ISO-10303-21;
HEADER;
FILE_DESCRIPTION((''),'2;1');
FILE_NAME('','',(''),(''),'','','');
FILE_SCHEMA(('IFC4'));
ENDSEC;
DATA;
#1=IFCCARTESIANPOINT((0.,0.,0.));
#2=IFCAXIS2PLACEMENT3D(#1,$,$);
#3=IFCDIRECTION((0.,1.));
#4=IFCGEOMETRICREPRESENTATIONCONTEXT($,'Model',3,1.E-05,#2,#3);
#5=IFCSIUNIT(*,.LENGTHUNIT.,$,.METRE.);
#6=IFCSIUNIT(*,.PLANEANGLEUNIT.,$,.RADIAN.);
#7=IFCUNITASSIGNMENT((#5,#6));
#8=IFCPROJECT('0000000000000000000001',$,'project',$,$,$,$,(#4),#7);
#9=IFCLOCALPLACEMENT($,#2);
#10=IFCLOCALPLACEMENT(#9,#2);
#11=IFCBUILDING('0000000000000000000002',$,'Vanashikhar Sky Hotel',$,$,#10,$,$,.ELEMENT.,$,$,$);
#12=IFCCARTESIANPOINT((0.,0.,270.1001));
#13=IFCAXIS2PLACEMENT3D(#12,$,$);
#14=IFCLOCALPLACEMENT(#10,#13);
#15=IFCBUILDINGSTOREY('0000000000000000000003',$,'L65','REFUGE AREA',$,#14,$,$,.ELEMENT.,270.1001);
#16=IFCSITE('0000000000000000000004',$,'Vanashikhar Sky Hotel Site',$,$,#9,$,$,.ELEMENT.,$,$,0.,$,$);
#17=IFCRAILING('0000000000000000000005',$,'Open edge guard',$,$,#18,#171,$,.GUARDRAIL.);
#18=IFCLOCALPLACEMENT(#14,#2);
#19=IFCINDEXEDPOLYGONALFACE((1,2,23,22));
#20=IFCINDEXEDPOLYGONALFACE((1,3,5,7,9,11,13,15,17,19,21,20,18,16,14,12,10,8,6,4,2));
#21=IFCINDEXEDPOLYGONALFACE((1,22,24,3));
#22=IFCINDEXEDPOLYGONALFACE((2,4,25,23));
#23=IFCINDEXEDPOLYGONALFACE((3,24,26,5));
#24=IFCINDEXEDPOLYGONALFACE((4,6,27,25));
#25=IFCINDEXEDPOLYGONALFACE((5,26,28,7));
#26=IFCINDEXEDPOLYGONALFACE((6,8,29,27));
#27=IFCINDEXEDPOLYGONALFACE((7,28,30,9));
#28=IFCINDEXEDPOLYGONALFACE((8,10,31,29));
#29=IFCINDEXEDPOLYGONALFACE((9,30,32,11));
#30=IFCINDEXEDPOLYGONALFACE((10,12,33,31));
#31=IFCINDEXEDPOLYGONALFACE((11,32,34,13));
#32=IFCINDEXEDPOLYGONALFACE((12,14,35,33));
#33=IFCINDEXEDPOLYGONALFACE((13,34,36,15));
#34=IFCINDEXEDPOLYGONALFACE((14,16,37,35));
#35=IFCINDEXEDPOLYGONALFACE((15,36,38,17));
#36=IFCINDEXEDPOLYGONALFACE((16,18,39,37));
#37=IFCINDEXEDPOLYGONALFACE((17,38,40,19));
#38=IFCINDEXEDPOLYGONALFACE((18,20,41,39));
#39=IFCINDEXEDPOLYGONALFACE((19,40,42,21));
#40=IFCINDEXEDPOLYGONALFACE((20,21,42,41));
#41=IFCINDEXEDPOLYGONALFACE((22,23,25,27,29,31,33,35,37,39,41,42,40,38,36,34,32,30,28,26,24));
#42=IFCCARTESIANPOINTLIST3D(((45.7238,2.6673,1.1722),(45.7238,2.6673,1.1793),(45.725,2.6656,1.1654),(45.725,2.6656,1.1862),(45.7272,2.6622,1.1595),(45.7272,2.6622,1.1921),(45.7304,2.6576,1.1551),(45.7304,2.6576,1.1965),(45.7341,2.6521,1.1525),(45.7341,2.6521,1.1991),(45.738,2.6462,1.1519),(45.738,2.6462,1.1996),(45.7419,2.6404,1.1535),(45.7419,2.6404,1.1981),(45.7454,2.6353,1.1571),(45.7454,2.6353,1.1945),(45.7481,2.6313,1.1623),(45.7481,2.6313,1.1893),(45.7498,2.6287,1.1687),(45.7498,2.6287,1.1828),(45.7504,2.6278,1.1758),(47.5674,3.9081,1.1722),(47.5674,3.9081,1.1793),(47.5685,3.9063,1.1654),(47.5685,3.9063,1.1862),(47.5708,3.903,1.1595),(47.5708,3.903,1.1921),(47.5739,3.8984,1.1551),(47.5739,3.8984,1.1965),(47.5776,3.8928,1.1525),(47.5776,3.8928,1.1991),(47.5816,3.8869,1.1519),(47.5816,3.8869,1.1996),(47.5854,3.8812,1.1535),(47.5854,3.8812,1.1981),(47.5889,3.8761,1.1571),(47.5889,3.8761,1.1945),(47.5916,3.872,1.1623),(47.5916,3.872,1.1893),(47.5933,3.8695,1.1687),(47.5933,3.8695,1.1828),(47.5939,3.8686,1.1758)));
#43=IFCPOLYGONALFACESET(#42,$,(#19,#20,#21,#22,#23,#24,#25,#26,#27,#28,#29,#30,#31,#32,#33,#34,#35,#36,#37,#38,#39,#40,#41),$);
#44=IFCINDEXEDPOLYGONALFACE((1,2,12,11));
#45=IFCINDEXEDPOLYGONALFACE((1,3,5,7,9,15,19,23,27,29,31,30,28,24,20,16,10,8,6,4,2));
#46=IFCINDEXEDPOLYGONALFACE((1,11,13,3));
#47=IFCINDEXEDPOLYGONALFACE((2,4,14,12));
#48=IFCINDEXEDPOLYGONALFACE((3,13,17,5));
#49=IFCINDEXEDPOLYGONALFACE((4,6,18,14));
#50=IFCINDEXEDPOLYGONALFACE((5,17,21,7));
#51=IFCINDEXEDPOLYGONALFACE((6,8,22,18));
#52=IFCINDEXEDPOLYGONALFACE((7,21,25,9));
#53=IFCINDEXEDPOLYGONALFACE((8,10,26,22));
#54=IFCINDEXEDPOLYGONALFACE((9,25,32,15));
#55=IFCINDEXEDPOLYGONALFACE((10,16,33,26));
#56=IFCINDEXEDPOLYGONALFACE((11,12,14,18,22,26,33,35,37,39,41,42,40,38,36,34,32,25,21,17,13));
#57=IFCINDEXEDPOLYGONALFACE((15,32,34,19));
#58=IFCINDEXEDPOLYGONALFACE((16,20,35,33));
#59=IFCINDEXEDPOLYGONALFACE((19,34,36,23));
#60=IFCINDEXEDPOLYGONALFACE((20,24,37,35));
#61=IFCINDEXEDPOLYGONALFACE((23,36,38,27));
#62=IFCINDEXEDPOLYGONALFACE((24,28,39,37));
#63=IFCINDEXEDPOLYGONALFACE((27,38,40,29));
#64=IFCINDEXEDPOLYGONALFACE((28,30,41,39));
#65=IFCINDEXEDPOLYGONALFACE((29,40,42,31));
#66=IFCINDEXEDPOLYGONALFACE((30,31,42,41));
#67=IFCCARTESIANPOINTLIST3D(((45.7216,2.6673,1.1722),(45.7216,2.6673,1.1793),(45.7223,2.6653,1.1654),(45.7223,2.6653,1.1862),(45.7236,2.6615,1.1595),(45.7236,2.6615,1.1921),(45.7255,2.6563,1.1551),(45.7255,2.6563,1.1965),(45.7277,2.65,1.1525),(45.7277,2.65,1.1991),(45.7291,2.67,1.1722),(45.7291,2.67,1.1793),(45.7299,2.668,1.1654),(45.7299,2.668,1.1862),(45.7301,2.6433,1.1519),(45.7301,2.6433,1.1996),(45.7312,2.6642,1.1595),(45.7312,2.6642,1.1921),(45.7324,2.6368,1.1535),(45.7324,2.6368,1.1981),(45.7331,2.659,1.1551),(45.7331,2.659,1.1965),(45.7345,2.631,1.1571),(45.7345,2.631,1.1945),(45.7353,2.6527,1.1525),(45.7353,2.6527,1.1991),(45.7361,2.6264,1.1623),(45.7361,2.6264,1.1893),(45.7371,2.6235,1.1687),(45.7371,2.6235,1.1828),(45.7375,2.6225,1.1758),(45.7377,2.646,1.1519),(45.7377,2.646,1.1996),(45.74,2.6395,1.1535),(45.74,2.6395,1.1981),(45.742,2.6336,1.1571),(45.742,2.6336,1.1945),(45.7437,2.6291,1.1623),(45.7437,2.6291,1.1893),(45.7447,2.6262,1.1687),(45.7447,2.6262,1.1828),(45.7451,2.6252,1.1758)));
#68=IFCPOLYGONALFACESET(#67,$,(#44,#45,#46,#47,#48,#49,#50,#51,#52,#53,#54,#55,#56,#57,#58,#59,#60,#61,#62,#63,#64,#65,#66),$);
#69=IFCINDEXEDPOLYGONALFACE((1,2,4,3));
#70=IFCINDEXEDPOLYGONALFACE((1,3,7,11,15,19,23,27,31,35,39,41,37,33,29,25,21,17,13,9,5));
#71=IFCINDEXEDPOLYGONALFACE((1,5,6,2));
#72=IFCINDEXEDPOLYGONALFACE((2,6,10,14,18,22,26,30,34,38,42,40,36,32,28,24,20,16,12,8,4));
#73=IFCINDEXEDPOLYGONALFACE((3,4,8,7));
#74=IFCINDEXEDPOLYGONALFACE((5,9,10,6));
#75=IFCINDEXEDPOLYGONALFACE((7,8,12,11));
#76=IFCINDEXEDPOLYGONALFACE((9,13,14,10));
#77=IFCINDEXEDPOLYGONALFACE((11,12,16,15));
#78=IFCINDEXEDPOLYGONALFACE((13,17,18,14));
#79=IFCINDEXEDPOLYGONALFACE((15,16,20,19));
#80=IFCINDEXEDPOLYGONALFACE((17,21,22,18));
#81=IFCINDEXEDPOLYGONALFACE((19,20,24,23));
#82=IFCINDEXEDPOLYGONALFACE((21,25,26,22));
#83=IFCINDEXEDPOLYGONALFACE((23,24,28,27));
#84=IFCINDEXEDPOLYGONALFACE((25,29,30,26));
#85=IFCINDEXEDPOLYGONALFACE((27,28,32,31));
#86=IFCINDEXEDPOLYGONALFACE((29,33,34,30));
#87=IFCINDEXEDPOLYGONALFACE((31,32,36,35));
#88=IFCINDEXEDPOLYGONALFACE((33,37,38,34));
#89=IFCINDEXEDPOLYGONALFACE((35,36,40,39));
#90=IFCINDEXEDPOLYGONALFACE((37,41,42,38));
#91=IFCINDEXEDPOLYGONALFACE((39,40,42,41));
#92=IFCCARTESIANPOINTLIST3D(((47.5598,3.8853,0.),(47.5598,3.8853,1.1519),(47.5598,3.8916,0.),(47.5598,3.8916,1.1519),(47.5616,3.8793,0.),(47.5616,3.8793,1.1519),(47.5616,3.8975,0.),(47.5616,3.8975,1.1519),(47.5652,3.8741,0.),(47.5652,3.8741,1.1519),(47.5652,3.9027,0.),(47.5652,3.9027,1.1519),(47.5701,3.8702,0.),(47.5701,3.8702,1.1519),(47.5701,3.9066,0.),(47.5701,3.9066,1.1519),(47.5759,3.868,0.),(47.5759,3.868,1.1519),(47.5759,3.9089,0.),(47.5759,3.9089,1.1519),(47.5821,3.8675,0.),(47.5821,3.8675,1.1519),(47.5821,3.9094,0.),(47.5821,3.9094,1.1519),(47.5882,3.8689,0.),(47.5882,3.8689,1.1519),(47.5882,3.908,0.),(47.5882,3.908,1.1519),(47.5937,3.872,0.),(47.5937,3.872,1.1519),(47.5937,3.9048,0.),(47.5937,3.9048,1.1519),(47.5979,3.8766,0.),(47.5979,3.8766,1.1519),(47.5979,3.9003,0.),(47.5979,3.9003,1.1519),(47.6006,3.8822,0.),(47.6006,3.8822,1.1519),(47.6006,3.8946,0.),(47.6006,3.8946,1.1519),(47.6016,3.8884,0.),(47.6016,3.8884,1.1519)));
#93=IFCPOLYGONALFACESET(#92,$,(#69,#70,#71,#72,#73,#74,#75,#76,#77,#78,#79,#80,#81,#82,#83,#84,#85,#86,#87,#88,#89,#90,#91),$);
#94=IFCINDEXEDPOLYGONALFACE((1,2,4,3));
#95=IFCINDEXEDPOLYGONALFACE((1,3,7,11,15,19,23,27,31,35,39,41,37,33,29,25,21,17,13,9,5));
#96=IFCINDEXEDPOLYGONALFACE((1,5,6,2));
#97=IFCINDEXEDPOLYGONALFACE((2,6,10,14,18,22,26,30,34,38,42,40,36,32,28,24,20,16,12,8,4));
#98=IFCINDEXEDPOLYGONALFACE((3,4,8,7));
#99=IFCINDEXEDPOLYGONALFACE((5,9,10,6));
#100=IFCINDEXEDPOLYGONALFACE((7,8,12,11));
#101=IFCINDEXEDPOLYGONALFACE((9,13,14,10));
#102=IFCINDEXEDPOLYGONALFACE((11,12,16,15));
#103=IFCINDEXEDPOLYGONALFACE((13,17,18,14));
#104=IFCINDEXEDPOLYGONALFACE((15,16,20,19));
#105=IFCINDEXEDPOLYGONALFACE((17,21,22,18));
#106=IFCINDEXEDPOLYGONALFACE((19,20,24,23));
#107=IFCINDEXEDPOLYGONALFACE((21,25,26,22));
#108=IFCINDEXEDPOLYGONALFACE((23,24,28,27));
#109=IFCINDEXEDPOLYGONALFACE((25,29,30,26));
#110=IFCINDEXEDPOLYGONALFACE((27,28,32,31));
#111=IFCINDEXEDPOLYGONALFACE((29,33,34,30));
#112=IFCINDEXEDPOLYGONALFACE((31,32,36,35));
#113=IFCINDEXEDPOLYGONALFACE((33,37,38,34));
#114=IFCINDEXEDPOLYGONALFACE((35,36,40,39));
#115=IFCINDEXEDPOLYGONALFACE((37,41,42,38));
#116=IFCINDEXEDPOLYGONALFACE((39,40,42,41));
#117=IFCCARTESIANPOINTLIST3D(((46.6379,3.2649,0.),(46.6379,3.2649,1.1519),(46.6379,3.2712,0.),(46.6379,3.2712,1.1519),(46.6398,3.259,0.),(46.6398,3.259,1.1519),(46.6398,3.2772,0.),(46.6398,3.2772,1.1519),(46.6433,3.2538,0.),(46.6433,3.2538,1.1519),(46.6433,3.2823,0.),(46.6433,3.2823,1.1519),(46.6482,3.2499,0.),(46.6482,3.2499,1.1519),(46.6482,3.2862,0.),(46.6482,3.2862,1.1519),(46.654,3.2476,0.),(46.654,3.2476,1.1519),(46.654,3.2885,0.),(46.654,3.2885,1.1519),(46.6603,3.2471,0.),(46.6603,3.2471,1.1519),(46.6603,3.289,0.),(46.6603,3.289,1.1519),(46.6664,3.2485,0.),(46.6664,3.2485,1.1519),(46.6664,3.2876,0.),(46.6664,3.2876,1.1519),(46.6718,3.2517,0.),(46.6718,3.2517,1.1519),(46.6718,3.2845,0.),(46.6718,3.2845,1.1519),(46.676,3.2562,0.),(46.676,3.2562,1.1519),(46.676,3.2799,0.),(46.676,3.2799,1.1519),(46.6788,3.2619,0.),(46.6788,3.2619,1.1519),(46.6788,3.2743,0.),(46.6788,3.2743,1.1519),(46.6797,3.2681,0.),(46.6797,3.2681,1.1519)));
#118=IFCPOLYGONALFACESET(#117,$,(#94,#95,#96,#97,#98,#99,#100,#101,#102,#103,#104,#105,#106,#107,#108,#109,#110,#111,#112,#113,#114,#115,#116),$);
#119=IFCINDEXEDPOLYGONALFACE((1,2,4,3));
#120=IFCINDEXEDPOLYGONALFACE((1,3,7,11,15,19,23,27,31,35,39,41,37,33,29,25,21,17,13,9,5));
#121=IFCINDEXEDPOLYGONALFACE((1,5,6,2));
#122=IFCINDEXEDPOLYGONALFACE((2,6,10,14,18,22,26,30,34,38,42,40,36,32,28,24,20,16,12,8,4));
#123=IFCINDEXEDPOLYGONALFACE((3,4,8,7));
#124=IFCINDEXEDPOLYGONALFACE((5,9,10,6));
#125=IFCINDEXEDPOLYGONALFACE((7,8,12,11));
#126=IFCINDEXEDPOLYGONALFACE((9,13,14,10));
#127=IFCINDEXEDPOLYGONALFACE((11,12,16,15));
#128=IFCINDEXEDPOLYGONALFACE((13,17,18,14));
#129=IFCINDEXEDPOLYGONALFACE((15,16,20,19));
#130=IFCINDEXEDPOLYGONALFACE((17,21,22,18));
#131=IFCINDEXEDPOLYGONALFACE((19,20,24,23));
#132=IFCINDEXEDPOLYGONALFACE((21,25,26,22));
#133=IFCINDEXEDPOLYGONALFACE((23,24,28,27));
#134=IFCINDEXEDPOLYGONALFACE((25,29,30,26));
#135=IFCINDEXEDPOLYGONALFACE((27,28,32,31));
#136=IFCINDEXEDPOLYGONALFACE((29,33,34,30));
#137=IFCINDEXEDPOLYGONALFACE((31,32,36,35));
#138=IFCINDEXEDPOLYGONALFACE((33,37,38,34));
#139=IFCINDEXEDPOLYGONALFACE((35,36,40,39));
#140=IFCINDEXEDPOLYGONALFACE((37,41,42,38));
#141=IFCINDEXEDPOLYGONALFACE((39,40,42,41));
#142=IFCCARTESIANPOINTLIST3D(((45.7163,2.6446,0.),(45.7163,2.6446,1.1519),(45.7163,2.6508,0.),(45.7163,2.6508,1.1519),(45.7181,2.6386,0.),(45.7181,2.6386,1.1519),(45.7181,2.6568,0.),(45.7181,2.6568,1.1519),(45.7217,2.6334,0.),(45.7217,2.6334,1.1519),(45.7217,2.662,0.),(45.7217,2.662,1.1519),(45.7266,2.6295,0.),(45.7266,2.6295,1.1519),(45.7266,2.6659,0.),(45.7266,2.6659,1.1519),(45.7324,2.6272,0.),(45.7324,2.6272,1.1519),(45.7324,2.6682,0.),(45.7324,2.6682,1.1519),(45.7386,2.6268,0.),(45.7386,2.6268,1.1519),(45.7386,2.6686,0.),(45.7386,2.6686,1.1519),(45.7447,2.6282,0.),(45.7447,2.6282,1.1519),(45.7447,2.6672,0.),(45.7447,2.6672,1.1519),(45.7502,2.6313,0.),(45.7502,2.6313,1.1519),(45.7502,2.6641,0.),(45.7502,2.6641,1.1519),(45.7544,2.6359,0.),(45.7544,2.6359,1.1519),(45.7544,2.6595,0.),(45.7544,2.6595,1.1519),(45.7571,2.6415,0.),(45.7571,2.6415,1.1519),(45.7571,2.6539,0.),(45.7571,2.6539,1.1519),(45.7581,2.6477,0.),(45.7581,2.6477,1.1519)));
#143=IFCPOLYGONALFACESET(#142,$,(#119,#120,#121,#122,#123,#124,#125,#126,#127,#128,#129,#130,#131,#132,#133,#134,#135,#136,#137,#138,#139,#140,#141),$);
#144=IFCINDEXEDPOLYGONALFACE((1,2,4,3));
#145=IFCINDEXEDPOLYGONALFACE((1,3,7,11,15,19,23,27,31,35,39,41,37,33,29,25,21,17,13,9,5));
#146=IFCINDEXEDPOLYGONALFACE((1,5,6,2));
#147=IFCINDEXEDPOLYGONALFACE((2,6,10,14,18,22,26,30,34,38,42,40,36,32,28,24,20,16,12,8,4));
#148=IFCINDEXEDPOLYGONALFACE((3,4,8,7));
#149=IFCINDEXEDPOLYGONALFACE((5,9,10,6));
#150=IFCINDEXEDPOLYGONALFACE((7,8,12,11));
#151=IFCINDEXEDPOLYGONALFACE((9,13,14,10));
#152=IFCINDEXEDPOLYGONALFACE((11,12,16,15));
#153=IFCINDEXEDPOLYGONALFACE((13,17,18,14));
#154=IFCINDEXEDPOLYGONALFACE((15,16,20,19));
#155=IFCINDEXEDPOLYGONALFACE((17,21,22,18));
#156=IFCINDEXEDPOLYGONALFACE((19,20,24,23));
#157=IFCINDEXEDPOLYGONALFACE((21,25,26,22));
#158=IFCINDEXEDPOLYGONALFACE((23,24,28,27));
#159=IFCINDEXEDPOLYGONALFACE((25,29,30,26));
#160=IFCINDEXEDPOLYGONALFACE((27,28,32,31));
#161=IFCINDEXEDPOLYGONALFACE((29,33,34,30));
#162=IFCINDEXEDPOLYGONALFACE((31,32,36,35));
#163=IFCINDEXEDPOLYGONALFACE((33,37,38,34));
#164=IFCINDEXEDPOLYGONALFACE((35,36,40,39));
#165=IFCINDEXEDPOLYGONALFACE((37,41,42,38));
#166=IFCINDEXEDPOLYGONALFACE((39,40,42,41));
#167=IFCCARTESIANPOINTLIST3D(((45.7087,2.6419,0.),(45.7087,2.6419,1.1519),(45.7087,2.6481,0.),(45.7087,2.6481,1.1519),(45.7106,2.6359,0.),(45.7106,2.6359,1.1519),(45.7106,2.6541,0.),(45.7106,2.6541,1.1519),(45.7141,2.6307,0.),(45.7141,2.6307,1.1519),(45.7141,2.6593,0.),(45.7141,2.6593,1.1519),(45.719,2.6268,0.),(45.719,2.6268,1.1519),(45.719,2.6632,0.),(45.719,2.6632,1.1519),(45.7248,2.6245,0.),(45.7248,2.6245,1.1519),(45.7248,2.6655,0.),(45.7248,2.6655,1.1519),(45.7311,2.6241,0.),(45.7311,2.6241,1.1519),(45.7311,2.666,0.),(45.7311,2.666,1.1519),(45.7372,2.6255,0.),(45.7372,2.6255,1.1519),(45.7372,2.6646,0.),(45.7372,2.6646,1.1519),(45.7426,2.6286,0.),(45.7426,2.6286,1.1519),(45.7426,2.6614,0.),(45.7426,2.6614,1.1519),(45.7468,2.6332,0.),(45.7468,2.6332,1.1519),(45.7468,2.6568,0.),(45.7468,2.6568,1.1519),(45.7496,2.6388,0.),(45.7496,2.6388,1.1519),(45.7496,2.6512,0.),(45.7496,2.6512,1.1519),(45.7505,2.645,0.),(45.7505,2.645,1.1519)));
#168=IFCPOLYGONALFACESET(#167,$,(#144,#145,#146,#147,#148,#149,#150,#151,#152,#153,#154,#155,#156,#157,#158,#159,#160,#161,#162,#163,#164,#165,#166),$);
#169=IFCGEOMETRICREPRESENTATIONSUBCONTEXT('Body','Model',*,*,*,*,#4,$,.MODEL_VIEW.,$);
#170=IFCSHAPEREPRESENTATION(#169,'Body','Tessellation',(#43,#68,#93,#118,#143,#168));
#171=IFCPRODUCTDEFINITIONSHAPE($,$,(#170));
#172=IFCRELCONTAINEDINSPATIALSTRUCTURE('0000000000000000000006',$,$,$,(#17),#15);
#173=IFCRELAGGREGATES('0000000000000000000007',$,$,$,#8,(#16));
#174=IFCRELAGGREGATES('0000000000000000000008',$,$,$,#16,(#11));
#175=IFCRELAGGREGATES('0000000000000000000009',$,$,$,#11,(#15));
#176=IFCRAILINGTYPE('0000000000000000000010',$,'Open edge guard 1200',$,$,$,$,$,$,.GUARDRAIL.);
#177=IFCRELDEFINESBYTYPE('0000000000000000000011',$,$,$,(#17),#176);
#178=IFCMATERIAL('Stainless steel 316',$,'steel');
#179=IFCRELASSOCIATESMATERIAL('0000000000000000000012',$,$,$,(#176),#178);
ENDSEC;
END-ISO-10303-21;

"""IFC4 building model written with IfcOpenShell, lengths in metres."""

from ifc_helpers import new_model, si_unit, direction, frame, origin, origin_2d, place, context, subcontext, project, spatial, circle, extrude, source, transform, mapped, material, type_object, element, save


model = new_model("IFC4")

# Units and contexts
model_context = context("Model", 3, precision=1e-05, world=origin(), true_north=direction((0.0, 1.0)))
body_context = subcontext(model_context, "Body", "Model", "MODEL_VIEW")
ifc_project = project(units=[si_unit("LENGTHUNIT", "METRE"), si_unit("PLANEANGLEUNIT", "RADIAN")], contexts=[model_context])

# Site, building, storey
site_placement = place(None, origin())
site = spatial("IfcSite", under=ifc_project, at=site_placement, Name="Vanashikhar Sky Hotel Site", CompositionType="ELEMENT", RefElevation=0.0)
building_placement = place(site_placement, origin())
building = spatial("IfcBuilding", under=site, at=building_placement, Name="Vanashikhar Sky Hotel", CompositionType="ELEMENT")
storey_placement = place(building_placement, frame((0.0, 0.0, 270.1001)))
storey = spatial("IfcBuildingStorey", under=building, at=storey_placement, Name="L65", Description="REFUGE AREA", CompositionType="ELEMENT", Elevation=270.1001)

# Railing
ifc_material_1 = material(Name="Stainless steel 316", Category="steel")
railing_type = type_object("IfcRailingType", Name="Open edge guard 1200", PredefinedType="GUARDRAIL", material=ifc_material_1)
shared_shape_1 = source(origin(), body_context, "Body", "SweptSolid", [
    extrude(circle(Radius=0.0239, at=origin_2d()), frame((0.0, 0.0, 1.1758), z_axis=(-0.829608, -0.558346, 0.0), x_axis=(0.558346, -0.829608, 0.0)), (0.0, 0.0, 1.0), 2.2222),
    extrude(circle(Radius=0.0239, at=origin_2d()), frame((-1.8435, -1.2407, 1.1758), z_axis=(-0.942428, -0.33441, 0.0), x_axis=(0.33441, -0.942428, 0.0)), (0.0, 0.0, 1.0), 0.0081),
    extrude(circle(Radius=0.021, at=origin_2d()), origin(), (0.0, 0.0, 1.0), 1.1519),
    extrude(circle(Radius=0.021, at=origin_2d()), frame((-0.9219, -0.6204, 0.0)), (0.0, 0.0, 1.0), 1.1519),
    extrude(circle(Radius=0.021, at=origin_2d()), frame((-1.8435, -1.2407, 0.0)), (0.0, 0.0, 1.0), 1.1519),
    extrude(circle(Radius=0.021, at=origin_2d()), frame((-1.8511, -1.2434, 0.0)), (0.0, 0.0, 1.0), 1.1519),
])
railing_1_placement = place(storey_placement, frame((47.5806, 3.8884, 0.0)))
element("IfcRailing", 1, at=railing_1_placement, inside=storey, type_object=railing_type, Name="Open edge guard", PredefinedType="GUARDRAIL", context=body_context, shape_type="MappedRepresentation", body=[
    mapped(shared_shape_1, transform((0.0, 0.0, 0.0), scale=1.0)),
])

save(model, "model.ifc")
